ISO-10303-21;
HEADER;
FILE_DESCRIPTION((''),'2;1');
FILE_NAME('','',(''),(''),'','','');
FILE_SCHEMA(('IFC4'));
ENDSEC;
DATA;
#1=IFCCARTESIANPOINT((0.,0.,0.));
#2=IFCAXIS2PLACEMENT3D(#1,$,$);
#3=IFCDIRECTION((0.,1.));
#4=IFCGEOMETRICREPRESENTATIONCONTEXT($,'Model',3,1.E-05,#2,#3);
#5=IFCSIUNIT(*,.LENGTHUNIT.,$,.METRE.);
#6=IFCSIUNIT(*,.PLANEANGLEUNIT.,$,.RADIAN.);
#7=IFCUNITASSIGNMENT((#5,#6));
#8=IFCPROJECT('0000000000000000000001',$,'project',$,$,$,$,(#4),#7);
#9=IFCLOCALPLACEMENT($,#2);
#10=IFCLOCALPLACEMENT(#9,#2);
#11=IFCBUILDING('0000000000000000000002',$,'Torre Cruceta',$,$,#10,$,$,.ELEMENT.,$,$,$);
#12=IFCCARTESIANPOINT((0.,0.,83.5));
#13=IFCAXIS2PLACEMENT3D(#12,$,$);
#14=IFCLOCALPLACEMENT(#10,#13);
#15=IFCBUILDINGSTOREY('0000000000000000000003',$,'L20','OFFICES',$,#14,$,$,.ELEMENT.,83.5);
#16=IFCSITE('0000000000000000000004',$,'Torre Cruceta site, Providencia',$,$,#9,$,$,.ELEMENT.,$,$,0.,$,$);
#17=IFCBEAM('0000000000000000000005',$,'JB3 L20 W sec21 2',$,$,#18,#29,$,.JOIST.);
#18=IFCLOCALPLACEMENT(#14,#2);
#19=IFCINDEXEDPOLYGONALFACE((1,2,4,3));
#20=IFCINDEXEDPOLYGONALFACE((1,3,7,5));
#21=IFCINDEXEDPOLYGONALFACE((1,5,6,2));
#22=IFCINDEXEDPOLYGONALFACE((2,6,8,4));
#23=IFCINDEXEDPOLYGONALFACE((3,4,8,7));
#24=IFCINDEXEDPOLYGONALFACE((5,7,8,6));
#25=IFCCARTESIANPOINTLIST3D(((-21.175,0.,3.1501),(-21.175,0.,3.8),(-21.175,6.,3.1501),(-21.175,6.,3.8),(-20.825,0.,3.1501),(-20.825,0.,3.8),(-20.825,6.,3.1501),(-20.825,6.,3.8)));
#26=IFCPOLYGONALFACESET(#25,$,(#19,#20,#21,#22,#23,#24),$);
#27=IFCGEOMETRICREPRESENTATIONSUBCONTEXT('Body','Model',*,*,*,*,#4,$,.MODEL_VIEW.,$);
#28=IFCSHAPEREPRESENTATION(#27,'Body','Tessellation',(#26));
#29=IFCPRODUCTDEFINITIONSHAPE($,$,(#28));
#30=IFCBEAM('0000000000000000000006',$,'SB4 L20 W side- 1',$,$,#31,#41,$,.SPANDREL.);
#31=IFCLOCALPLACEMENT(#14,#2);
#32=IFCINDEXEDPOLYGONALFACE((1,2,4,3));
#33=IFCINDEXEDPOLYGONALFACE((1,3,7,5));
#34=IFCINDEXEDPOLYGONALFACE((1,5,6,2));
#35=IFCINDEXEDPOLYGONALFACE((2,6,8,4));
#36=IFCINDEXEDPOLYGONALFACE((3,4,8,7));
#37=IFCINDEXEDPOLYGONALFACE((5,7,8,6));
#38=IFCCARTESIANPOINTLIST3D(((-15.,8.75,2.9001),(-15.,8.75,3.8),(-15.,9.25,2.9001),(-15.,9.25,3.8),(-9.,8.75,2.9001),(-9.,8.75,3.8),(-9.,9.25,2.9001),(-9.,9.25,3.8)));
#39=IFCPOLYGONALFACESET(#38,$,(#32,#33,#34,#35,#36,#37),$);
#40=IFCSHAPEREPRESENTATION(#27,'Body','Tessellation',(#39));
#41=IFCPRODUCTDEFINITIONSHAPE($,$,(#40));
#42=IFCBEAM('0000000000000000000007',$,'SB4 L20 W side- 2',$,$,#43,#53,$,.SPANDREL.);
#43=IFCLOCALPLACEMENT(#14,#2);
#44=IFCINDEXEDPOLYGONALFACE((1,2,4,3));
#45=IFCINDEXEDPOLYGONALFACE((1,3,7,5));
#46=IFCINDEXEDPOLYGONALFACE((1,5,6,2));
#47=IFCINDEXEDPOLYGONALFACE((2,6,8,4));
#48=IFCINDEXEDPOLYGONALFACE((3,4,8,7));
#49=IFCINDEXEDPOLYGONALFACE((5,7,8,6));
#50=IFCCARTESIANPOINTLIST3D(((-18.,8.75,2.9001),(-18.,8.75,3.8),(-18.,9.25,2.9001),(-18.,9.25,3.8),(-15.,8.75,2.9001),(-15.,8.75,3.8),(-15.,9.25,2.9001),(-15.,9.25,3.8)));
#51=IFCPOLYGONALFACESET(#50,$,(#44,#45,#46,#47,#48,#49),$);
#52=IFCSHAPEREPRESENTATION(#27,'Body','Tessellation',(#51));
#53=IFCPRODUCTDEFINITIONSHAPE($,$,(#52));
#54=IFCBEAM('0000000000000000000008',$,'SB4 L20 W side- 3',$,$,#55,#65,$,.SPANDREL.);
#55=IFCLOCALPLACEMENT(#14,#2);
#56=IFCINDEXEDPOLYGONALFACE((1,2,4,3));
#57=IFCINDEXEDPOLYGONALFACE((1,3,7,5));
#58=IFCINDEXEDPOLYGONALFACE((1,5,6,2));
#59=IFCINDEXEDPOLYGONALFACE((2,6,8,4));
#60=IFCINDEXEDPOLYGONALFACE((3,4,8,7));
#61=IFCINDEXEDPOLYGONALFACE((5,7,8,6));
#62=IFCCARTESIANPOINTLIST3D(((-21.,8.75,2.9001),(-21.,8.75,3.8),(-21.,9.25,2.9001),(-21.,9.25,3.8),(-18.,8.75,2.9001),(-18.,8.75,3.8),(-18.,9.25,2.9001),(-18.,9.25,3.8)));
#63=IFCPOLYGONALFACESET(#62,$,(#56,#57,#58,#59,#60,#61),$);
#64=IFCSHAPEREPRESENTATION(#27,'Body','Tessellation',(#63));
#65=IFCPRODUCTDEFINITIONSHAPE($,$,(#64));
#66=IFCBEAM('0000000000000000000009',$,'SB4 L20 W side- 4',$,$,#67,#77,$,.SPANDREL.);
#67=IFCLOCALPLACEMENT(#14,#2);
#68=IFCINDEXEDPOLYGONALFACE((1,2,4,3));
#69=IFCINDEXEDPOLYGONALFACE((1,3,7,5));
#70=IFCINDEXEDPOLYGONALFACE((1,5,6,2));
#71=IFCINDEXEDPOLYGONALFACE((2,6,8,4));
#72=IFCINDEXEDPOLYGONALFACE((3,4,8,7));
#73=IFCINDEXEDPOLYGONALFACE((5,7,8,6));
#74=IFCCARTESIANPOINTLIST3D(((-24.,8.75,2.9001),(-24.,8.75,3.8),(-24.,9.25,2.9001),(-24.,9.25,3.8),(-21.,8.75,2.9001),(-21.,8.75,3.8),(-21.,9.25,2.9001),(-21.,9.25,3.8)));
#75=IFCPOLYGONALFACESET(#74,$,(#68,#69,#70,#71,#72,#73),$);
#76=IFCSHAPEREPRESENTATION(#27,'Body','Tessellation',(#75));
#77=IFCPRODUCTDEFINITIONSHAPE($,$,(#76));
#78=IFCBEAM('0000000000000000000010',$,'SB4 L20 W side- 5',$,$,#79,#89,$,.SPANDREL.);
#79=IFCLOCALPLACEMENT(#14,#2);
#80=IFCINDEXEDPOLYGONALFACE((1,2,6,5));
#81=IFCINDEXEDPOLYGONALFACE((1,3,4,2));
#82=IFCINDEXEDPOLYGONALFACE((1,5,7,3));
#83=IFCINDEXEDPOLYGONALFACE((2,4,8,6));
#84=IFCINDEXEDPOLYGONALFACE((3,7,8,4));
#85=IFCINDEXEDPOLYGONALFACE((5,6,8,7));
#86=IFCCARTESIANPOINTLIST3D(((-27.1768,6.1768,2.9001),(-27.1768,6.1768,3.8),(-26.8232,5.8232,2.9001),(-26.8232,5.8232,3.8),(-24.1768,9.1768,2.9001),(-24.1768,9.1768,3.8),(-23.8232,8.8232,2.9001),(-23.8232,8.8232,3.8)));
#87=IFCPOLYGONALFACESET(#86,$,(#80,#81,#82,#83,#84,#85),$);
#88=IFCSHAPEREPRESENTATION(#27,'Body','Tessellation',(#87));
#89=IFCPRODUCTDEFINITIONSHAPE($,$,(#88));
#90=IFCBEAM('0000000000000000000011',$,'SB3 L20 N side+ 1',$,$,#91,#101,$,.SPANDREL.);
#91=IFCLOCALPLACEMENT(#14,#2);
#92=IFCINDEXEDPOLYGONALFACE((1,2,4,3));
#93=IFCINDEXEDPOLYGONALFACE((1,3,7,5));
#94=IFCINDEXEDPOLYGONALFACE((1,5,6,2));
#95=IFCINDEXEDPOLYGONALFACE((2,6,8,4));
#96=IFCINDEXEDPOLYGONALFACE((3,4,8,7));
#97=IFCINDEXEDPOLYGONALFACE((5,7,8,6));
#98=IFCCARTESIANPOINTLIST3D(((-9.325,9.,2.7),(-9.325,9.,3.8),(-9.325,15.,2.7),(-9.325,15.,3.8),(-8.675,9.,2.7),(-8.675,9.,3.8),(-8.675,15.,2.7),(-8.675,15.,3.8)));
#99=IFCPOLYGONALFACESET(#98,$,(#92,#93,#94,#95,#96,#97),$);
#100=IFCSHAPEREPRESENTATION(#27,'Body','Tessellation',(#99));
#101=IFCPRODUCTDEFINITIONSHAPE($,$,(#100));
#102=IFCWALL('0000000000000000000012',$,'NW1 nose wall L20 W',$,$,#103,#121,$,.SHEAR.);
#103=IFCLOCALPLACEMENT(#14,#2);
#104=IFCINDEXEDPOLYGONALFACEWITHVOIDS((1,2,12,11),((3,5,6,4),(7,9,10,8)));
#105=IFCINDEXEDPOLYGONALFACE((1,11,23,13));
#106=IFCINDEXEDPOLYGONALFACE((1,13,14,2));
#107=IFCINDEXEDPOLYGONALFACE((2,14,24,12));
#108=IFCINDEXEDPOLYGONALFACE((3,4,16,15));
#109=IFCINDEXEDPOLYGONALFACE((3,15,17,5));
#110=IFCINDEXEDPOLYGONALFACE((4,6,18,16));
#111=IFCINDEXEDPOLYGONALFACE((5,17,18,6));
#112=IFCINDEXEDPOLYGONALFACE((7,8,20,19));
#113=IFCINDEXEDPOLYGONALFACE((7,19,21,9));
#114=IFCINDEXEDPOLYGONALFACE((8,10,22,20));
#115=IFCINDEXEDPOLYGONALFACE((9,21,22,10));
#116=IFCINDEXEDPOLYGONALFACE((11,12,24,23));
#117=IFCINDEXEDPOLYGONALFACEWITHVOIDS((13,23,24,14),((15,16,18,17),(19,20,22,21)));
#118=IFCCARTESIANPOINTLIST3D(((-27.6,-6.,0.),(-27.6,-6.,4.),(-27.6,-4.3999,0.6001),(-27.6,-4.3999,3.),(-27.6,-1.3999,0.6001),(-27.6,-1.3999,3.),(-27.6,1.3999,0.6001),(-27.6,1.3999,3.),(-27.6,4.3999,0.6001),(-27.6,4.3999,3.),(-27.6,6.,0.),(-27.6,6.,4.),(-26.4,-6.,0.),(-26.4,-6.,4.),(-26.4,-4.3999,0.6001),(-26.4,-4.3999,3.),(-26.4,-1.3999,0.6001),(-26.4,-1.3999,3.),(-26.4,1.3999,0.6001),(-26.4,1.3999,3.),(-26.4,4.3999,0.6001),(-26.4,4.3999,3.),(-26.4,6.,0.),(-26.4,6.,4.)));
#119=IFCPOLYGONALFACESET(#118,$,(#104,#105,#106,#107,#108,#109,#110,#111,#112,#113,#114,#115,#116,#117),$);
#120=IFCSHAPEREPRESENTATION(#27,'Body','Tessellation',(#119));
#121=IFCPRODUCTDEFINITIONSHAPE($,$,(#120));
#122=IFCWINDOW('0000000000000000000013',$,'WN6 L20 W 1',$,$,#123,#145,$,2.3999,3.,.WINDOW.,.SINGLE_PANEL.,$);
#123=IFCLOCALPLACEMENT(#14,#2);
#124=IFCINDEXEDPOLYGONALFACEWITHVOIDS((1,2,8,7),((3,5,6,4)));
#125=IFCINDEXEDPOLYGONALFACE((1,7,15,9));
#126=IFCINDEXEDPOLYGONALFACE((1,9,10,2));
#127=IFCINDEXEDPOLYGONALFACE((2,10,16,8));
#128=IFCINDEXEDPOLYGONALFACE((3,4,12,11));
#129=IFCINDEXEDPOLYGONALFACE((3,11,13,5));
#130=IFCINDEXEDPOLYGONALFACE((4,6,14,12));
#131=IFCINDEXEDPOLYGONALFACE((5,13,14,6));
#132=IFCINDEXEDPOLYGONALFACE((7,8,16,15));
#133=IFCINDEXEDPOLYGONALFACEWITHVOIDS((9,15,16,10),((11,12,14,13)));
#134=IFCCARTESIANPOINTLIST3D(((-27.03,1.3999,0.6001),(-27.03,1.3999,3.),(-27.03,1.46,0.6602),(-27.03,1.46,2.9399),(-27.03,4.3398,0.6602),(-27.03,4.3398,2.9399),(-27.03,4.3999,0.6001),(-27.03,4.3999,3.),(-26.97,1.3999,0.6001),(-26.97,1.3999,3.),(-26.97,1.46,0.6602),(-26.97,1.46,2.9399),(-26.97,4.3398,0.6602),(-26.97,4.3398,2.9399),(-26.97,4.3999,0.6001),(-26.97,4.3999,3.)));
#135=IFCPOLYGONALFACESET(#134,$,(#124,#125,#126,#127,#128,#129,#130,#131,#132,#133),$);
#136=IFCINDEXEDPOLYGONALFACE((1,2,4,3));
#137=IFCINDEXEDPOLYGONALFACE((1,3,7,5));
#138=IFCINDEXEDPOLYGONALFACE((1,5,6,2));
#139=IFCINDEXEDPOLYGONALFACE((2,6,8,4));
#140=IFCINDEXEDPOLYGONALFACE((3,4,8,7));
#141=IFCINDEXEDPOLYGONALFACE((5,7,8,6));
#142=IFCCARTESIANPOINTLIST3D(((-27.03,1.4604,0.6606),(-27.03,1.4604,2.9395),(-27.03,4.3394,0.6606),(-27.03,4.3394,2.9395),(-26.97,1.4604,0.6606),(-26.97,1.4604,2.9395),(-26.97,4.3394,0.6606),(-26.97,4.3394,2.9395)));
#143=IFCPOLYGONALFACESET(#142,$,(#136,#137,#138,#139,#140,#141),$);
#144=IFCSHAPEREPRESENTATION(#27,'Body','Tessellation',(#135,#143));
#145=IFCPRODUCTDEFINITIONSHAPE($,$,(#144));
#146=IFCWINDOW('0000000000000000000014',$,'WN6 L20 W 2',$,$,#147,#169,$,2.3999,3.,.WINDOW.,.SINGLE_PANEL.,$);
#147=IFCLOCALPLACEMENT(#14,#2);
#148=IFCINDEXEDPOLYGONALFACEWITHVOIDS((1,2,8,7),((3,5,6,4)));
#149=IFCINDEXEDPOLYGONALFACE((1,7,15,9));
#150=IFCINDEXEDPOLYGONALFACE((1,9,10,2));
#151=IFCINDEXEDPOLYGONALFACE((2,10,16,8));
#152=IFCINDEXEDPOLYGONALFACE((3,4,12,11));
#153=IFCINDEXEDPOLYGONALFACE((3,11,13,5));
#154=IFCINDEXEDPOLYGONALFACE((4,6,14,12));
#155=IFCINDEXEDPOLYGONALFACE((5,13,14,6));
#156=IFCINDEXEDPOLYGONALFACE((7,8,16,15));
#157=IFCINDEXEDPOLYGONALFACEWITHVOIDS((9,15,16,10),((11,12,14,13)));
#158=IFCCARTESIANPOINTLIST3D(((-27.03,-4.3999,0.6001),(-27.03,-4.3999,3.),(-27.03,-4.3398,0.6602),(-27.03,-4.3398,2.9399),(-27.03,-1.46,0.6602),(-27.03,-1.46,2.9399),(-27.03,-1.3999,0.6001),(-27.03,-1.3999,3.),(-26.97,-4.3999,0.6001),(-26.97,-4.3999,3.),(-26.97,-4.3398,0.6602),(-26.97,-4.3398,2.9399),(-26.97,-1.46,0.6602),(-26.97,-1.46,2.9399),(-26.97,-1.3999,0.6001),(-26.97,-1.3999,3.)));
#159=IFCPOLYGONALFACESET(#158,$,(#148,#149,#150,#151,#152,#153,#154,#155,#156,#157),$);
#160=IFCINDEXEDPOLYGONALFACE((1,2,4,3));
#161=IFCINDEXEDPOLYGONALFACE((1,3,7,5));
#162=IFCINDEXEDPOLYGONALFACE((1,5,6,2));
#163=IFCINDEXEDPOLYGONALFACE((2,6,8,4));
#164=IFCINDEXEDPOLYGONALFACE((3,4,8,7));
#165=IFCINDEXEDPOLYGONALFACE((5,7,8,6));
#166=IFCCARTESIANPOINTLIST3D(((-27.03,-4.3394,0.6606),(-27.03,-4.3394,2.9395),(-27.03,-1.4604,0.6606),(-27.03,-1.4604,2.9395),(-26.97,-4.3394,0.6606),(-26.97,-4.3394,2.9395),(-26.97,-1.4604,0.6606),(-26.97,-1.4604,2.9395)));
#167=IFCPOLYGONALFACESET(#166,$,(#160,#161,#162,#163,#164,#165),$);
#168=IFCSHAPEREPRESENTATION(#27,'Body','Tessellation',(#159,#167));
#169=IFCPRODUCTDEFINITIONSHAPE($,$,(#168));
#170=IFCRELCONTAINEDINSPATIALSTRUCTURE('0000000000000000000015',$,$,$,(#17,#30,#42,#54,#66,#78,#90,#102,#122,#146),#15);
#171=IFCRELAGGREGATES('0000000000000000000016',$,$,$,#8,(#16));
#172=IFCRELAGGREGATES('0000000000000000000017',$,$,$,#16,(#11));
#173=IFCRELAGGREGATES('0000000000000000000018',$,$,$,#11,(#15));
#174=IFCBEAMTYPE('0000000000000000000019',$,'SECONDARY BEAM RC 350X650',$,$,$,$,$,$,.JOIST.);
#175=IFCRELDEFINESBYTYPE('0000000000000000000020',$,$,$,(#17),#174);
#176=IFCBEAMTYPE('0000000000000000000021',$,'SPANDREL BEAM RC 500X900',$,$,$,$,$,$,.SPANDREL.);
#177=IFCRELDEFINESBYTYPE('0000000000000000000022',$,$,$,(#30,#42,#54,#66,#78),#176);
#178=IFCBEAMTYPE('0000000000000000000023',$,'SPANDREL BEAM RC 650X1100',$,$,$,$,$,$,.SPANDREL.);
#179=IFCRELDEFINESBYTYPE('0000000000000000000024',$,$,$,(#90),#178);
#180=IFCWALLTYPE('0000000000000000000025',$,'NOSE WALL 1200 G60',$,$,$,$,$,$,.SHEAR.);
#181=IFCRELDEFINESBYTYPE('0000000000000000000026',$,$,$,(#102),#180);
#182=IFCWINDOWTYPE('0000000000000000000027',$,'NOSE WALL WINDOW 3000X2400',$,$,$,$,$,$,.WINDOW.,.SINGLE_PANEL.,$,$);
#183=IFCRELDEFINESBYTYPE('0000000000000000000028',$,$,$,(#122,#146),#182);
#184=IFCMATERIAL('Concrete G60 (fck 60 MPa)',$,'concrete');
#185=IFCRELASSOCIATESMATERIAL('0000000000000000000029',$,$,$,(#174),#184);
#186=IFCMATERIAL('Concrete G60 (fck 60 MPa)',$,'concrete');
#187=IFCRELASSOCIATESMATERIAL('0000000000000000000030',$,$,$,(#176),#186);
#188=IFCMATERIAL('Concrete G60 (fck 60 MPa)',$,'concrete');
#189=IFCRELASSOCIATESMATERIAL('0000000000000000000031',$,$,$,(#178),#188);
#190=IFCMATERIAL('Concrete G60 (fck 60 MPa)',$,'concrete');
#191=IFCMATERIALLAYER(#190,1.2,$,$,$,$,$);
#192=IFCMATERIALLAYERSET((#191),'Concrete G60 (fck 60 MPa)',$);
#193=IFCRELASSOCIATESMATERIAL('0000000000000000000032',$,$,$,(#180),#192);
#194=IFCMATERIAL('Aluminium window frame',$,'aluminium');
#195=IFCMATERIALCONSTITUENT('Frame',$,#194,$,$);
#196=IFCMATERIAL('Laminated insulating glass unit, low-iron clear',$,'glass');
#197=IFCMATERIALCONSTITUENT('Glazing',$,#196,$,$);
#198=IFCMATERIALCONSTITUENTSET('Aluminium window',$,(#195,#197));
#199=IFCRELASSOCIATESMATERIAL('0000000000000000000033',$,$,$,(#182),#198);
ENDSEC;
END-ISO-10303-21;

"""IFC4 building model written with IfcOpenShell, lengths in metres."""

from ifc_helpers import new_model, si_unit, direction, frame, frame_2d, origin, origin_2d, place, context, subcontext, project, spatial, rectangle, hollow_rectangle, extrude, material, layer, layer_set, constituent, constituent_set, material_profile, profile_set, type_object, element, fill, save


model = new_model("IFC4")

# Units and contexts
model_context = context("Model", 3, precision=1e-05, world=origin(), true_north=direction((0.0, 1.0)))
body_context = subcontext(model_context, "Body", "Model", "MODEL_VIEW")
ifc_project = project(units=[si_unit("LENGTHUNIT", "METRE"), si_unit("PLANEANGLEUNIT", "RADIAN")], contexts=[model_context])

# Site, building, storey
site_placement = place(None, origin())
site = spatial("IfcSite", under=ifc_project, at=site_placement, Name="Torre Cruceta site, Providencia", CompositionType="ELEMENT", RefElevation=0.0)
building_placement = place(site_placement, origin())
building = spatial("IfcBuilding", under=site, at=building_placement, Name="Torre Cruceta", CompositionType="ELEMENT")
storey_placement = place(building_placement, frame((0.0, 0.0, 83.5)))
storey = spatial("IfcBuildingStorey", under=building, at=storey_placement, Name="L20", Description="OFFICES", CompositionType="ELEMENT", Elevation=83.5)

# Beams
ifc_material_1 = material(Name="Concrete G60 (fck 60 MPa)", Category="concrete")
ifc_material_profile_1 = material_profile(ifc_material_1, rectangle(XDim=0.3501, YDim=0.6499, at=origin_2d()), Name="RC 350X650")
ifc_profile_set_1 = profile_set([ifc_material_profile_1], Name="Concrete G60 (fck 60 MPa)")
beam_type_1 = type_object("IfcBeamType", Name="SECONDARY BEAM RC 350X650", PredefinedType="JOIST", material=ifc_profile_set_1)
beam_1_placement = place(storey_placement, frame((-21.0, 6.0, 3.4751), z_axis=(0.0, -1.0, 0.0), x_axis=(1.0, 0.0, 0.0)))
element("IfcBeam", 1, at=beam_1_placement, inside=storey, type_object=beam_type_1, Name="JB3 L20 W sec21 2", PredefinedType="JOIST", context=body_context, shape_type="SweptSolid", body=[
    extrude(rectangle(XDim=0.3501, YDim=0.6499, at=origin_2d()), origin(), (0.0, 0.0, 1.0), 6.0),
])
ifc_material_2 = material(Name="Concrete G60 (fck 60 MPa)", Category="concrete")
ifc_material_profile_2 = material_profile(ifc_material_2, rectangle(XDim=0.5, YDim=0.8999, at=origin_2d()), Name="RC 500X900")
ifc_profile_set_2 = profile_set([ifc_material_profile_2], Name="Concrete G60 (fck 60 MPa)")
beam_type_2 = type_object("IfcBeamType", Name="SPANDREL BEAM RC 500X900", PredefinedType="SPANDREL", material=ifc_profile_set_2)
beam_2_placement = place(storey_placement, frame((-9.0, 9.0, 3.3501), z_axis=(-1.0, 0.0, 0.0), x_axis=(0.0, -1.0, 0.0)))
element("IfcBeam", 2, at=beam_2_placement, inside=storey, type_object=beam_type_2, Name="SB4 L20 W side- 1", PredefinedType="SPANDREL", context=body_context, shape_type="SweptSolid", body=[
    extrude(rectangle(XDim=0.5, YDim=0.8999, at=origin_2d()), origin(), (0.0, 0.0, 1.0), 6.0),
])
for number, where, z_axis, x_axis, name in (
    (3, (-15.0, 9.0, 3.3501), (-1.0, 0.0, 0.0), (0.0, -1.0, 0.0), "SB4 L20 W side- 2"),
    (4, (-18.0, 9.0, 3.3501), (-1.0, 0.0, 0.0), (0.0, -1.0, 0.0), "SB4 L20 W side- 3"),
    (5, (-21.0, 9.0, 3.3501), (-1.0, 0.0, 0.0), (0.0, -1.0, 0.0), "SB4 L20 W side- 4"),
):
    element("IfcBeam", number, at=place(storey_placement, frame(where, z_axis=z_axis, x_axis=x_axis)), inside=storey, type_object=beam_type_2, Name=name, PredefinedType="SPANDREL", context=body_context, shape_type="SweptSolid", body=[
        extrude(rectangle(XDim=0.5, YDim=0.8999, at=origin_2d()), origin(), (0.0, 0.0, 1.0), 3.0),
    ])
beam_3_placement = place(storey_placement, frame((-24.0, 9.0, 3.3501), z_axis=(-0.707107, -0.707107, 0.0), x_axis=(0.707107, -0.707107, 0.0)))
element("IfcBeam", 6, at=beam_3_placement, inside=storey, type_object=beam_type_2, Name="SB4 L20 W side- 5", PredefinedType="SPANDREL", context=body_context, shape_type="SweptSolid", body=[
    extrude(rectangle(XDim=0.5, YDim=0.8999, at=origin_2d()), origin(), (0.0, 0.0, 1.0), 4.2427),
])
ifc_material_3 = material(Name="Concrete G60 (fck 60 MPa)", Category="concrete")
ifc_material_profile_3 = material_profile(ifc_material_3, rectangle(XDim=0.6499, YDim=1.1001, at=origin_2d()), Name="RC 650X1100")
ifc_profile_set_3 = profile_set([ifc_material_profile_3], Name="Concrete G60 (fck 60 MPa)")
beam_type_3 = type_object("IfcBeamType", Name="SPANDREL BEAM RC 650X1100", PredefinedType="SPANDREL", material=ifc_profile_set_3)
beam_4_placement = place(storey_placement, frame((-9.0, 9.0, 3.25), z_axis=(0.0, 1.0, 0.0), x_axis=(-1.0, 0.0, 0.0)))
element("IfcBeam", 7, at=beam_4_placement, inside=storey, type_object=beam_type_3, Name="SB3 L20 N side+ 1", PredefinedType="SPANDREL", context=body_context, shape_type="SweptSolid", body=[
    extrude(rectangle(XDim=0.6499, YDim=1.1001, at=origin_2d()), origin(), (0.0, 0.0, 1.0), 6.0),
])

# Wall, openings, windows
ifc_material_4 = material(Name="Concrete G60 (fck 60 MPa)", Category="concrete")
ifc_layer_1 = layer(ifc_material_4, 1.2)
ifc_layer_set_1 = layer_set([ifc_layer_1], Name="Concrete G60 (fck 60 MPa)")
wall_type_1 = type_object("IfcWallType", Name="NOSE WALL 1200 G60", PredefinedType="SHEAR", material=ifc_layer_set_1)
wall_1_placement = place(storey_placement, frame((-27.0, 6.0, 0.0), z_axis=(0.0, 0.0, 1.0), x_axis=(0.0, -1.0, 0.0)))
wall_1 = element("IfcWall", 8, at=wall_1_placement, inside=storey, type_object=wall_type_1, Name="NW1 nose wall L20 W", PredefinedType="SHEAR", context=body_context, shape_type="SweptSolid", body=[
    extrude(rectangle(XDim=12.0, YDim=1.2, at=frame_2d((6.0, 0.0))), origin(), (0.0, 0.0, 1.0), 4.0),
])
opening_1_placement = place(wall_1_placement, frame((1.6001, 0.0, 0.6001)))
opening_1 = element("IfcOpeningElement", 9, at=opening_1_placement, cuts=wall_1, PredefinedType="OPENING", context=body_context, shape_type="SweptSolid", body=[
    extrude(rectangle(XDim=3.0, YDim=2.3999, at=frame_2d((1.5, 1.2))), frame((0.0, 0.6099, 0.0), z_axis=(0.0, -1.0, 0.0), x_axis=(1.0, 0.0, 0.0)), (0.0, 0.0, 1.0), 1.22),
])
opening_2_placement = place(wall_1_placement, frame((7.3999, 0.0, 0.6001)))
opening_2 = element("IfcOpeningElement", 10, at=opening_2_placement, cuts=wall_1, PredefinedType="OPENING", context=body_context, shape_type="SweptSolid", body=[
    extrude(rectangle(XDim=3.0, YDim=2.3999, at=frame_2d((1.5, 1.2))), frame((0.0, 0.6099, 0.0), z_axis=(0.0, -1.0, 0.0), x_axis=(1.0, 0.0, 0.0)), (0.0, 0.0, 1.0), 1.22),
])
ifc_material_5 = material(Name="Aluminium window frame", Category="aluminium")
ifc_constituent_1 = constituent(ifc_material_5, Name="Frame")
ifc_material_6 = material(Name="Laminated insulating glass unit, low-iron clear", Category="glass")
ifc_constituent_2 = constituent(ifc_material_6, Name="Glazing")
ifc_constituent_set_1 = constituent_set(constituents=[ifc_constituent_1, ifc_constituent_2], Name="Aluminium window")
window_type = type_object("IfcWindowType", Name="NOSE WALL WINDOW 3000X2400", PartitioningType="SINGLE_PANEL", PredefinedType="WINDOW", material=ifc_constituent_set_1)
window_1_placement = place(opening_1_placement, origin())
window_1 = element("IfcWindow", 11, at=window_1_placement, inside=storey, type_object=window_type, Name="WN6 L20 W 1", OverallHeight=2.3999, OverallWidth=3.0, PartitioningType="SINGLE_PANEL", PredefinedType="WINDOW", context=body_context, shape_type="SweptSolid", body=[
    extrude(hollow_rectangle(XDim=3.0, YDim=2.3999, WallThickness=0.0601, at=frame_2d((1.5, 1.2))), frame((0.0, 0.03, 0.0), z_axis=(0.0, -1.0, 0.0), x_axis=(1.0, 0.0, 0.0)), (0.0, 0.0, 1.0), 0.0601),
    extrude(rectangle(XDim=2.8789, YDim=2.2788, at=frame_2d((1.5, 1.2))), frame((0.0, 0.03, 0.0), z_axis=(0.0, -1.0, 0.0), x_axis=(1.0, 0.0, 0.0)), (0.0, 0.0, 1.0), 0.0601),
])
fill(opening_1, window_1)
window_2_placement = place(opening_2_placement, origin())
window_2 = element("IfcWindow", 12, at=window_2_placement, inside=storey, type_object=window_type, Name="WN6 L20 W 2", OverallHeight=2.3999, OverallWidth=3.0, PartitioningType="SINGLE_PANEL", PredefinedType="WINDOW", context=body_context, shape_type="SweptSolid", body=[
    extrude(hollow_rectangle(XDim=3.0, YDim=2.3999, WallThickness=0.0601, at=frame_2d((1.5, 1.2))), frame((0.0, 0.03, 0.0), z_axis=(0.0, -1.0, 0.0), x_axis=(1.0, 0.0, 0.0)), (0.0, 0.0, 1.0), 0.0601),
    extrude(rectangle(XDim=2.8789, YDim=2.2788, at=frame_2d((1.5, 1.2))), frame((0.0, 0.03, 0.0), z_axis=(0.0, -1.0, 0.0), x_axis=(1.0, 0.0, 0.0)), (0.0, 0.0, 1.0), 0.0601),
])
fill(opening_2, window_2)

save(model, "model.ifc")
